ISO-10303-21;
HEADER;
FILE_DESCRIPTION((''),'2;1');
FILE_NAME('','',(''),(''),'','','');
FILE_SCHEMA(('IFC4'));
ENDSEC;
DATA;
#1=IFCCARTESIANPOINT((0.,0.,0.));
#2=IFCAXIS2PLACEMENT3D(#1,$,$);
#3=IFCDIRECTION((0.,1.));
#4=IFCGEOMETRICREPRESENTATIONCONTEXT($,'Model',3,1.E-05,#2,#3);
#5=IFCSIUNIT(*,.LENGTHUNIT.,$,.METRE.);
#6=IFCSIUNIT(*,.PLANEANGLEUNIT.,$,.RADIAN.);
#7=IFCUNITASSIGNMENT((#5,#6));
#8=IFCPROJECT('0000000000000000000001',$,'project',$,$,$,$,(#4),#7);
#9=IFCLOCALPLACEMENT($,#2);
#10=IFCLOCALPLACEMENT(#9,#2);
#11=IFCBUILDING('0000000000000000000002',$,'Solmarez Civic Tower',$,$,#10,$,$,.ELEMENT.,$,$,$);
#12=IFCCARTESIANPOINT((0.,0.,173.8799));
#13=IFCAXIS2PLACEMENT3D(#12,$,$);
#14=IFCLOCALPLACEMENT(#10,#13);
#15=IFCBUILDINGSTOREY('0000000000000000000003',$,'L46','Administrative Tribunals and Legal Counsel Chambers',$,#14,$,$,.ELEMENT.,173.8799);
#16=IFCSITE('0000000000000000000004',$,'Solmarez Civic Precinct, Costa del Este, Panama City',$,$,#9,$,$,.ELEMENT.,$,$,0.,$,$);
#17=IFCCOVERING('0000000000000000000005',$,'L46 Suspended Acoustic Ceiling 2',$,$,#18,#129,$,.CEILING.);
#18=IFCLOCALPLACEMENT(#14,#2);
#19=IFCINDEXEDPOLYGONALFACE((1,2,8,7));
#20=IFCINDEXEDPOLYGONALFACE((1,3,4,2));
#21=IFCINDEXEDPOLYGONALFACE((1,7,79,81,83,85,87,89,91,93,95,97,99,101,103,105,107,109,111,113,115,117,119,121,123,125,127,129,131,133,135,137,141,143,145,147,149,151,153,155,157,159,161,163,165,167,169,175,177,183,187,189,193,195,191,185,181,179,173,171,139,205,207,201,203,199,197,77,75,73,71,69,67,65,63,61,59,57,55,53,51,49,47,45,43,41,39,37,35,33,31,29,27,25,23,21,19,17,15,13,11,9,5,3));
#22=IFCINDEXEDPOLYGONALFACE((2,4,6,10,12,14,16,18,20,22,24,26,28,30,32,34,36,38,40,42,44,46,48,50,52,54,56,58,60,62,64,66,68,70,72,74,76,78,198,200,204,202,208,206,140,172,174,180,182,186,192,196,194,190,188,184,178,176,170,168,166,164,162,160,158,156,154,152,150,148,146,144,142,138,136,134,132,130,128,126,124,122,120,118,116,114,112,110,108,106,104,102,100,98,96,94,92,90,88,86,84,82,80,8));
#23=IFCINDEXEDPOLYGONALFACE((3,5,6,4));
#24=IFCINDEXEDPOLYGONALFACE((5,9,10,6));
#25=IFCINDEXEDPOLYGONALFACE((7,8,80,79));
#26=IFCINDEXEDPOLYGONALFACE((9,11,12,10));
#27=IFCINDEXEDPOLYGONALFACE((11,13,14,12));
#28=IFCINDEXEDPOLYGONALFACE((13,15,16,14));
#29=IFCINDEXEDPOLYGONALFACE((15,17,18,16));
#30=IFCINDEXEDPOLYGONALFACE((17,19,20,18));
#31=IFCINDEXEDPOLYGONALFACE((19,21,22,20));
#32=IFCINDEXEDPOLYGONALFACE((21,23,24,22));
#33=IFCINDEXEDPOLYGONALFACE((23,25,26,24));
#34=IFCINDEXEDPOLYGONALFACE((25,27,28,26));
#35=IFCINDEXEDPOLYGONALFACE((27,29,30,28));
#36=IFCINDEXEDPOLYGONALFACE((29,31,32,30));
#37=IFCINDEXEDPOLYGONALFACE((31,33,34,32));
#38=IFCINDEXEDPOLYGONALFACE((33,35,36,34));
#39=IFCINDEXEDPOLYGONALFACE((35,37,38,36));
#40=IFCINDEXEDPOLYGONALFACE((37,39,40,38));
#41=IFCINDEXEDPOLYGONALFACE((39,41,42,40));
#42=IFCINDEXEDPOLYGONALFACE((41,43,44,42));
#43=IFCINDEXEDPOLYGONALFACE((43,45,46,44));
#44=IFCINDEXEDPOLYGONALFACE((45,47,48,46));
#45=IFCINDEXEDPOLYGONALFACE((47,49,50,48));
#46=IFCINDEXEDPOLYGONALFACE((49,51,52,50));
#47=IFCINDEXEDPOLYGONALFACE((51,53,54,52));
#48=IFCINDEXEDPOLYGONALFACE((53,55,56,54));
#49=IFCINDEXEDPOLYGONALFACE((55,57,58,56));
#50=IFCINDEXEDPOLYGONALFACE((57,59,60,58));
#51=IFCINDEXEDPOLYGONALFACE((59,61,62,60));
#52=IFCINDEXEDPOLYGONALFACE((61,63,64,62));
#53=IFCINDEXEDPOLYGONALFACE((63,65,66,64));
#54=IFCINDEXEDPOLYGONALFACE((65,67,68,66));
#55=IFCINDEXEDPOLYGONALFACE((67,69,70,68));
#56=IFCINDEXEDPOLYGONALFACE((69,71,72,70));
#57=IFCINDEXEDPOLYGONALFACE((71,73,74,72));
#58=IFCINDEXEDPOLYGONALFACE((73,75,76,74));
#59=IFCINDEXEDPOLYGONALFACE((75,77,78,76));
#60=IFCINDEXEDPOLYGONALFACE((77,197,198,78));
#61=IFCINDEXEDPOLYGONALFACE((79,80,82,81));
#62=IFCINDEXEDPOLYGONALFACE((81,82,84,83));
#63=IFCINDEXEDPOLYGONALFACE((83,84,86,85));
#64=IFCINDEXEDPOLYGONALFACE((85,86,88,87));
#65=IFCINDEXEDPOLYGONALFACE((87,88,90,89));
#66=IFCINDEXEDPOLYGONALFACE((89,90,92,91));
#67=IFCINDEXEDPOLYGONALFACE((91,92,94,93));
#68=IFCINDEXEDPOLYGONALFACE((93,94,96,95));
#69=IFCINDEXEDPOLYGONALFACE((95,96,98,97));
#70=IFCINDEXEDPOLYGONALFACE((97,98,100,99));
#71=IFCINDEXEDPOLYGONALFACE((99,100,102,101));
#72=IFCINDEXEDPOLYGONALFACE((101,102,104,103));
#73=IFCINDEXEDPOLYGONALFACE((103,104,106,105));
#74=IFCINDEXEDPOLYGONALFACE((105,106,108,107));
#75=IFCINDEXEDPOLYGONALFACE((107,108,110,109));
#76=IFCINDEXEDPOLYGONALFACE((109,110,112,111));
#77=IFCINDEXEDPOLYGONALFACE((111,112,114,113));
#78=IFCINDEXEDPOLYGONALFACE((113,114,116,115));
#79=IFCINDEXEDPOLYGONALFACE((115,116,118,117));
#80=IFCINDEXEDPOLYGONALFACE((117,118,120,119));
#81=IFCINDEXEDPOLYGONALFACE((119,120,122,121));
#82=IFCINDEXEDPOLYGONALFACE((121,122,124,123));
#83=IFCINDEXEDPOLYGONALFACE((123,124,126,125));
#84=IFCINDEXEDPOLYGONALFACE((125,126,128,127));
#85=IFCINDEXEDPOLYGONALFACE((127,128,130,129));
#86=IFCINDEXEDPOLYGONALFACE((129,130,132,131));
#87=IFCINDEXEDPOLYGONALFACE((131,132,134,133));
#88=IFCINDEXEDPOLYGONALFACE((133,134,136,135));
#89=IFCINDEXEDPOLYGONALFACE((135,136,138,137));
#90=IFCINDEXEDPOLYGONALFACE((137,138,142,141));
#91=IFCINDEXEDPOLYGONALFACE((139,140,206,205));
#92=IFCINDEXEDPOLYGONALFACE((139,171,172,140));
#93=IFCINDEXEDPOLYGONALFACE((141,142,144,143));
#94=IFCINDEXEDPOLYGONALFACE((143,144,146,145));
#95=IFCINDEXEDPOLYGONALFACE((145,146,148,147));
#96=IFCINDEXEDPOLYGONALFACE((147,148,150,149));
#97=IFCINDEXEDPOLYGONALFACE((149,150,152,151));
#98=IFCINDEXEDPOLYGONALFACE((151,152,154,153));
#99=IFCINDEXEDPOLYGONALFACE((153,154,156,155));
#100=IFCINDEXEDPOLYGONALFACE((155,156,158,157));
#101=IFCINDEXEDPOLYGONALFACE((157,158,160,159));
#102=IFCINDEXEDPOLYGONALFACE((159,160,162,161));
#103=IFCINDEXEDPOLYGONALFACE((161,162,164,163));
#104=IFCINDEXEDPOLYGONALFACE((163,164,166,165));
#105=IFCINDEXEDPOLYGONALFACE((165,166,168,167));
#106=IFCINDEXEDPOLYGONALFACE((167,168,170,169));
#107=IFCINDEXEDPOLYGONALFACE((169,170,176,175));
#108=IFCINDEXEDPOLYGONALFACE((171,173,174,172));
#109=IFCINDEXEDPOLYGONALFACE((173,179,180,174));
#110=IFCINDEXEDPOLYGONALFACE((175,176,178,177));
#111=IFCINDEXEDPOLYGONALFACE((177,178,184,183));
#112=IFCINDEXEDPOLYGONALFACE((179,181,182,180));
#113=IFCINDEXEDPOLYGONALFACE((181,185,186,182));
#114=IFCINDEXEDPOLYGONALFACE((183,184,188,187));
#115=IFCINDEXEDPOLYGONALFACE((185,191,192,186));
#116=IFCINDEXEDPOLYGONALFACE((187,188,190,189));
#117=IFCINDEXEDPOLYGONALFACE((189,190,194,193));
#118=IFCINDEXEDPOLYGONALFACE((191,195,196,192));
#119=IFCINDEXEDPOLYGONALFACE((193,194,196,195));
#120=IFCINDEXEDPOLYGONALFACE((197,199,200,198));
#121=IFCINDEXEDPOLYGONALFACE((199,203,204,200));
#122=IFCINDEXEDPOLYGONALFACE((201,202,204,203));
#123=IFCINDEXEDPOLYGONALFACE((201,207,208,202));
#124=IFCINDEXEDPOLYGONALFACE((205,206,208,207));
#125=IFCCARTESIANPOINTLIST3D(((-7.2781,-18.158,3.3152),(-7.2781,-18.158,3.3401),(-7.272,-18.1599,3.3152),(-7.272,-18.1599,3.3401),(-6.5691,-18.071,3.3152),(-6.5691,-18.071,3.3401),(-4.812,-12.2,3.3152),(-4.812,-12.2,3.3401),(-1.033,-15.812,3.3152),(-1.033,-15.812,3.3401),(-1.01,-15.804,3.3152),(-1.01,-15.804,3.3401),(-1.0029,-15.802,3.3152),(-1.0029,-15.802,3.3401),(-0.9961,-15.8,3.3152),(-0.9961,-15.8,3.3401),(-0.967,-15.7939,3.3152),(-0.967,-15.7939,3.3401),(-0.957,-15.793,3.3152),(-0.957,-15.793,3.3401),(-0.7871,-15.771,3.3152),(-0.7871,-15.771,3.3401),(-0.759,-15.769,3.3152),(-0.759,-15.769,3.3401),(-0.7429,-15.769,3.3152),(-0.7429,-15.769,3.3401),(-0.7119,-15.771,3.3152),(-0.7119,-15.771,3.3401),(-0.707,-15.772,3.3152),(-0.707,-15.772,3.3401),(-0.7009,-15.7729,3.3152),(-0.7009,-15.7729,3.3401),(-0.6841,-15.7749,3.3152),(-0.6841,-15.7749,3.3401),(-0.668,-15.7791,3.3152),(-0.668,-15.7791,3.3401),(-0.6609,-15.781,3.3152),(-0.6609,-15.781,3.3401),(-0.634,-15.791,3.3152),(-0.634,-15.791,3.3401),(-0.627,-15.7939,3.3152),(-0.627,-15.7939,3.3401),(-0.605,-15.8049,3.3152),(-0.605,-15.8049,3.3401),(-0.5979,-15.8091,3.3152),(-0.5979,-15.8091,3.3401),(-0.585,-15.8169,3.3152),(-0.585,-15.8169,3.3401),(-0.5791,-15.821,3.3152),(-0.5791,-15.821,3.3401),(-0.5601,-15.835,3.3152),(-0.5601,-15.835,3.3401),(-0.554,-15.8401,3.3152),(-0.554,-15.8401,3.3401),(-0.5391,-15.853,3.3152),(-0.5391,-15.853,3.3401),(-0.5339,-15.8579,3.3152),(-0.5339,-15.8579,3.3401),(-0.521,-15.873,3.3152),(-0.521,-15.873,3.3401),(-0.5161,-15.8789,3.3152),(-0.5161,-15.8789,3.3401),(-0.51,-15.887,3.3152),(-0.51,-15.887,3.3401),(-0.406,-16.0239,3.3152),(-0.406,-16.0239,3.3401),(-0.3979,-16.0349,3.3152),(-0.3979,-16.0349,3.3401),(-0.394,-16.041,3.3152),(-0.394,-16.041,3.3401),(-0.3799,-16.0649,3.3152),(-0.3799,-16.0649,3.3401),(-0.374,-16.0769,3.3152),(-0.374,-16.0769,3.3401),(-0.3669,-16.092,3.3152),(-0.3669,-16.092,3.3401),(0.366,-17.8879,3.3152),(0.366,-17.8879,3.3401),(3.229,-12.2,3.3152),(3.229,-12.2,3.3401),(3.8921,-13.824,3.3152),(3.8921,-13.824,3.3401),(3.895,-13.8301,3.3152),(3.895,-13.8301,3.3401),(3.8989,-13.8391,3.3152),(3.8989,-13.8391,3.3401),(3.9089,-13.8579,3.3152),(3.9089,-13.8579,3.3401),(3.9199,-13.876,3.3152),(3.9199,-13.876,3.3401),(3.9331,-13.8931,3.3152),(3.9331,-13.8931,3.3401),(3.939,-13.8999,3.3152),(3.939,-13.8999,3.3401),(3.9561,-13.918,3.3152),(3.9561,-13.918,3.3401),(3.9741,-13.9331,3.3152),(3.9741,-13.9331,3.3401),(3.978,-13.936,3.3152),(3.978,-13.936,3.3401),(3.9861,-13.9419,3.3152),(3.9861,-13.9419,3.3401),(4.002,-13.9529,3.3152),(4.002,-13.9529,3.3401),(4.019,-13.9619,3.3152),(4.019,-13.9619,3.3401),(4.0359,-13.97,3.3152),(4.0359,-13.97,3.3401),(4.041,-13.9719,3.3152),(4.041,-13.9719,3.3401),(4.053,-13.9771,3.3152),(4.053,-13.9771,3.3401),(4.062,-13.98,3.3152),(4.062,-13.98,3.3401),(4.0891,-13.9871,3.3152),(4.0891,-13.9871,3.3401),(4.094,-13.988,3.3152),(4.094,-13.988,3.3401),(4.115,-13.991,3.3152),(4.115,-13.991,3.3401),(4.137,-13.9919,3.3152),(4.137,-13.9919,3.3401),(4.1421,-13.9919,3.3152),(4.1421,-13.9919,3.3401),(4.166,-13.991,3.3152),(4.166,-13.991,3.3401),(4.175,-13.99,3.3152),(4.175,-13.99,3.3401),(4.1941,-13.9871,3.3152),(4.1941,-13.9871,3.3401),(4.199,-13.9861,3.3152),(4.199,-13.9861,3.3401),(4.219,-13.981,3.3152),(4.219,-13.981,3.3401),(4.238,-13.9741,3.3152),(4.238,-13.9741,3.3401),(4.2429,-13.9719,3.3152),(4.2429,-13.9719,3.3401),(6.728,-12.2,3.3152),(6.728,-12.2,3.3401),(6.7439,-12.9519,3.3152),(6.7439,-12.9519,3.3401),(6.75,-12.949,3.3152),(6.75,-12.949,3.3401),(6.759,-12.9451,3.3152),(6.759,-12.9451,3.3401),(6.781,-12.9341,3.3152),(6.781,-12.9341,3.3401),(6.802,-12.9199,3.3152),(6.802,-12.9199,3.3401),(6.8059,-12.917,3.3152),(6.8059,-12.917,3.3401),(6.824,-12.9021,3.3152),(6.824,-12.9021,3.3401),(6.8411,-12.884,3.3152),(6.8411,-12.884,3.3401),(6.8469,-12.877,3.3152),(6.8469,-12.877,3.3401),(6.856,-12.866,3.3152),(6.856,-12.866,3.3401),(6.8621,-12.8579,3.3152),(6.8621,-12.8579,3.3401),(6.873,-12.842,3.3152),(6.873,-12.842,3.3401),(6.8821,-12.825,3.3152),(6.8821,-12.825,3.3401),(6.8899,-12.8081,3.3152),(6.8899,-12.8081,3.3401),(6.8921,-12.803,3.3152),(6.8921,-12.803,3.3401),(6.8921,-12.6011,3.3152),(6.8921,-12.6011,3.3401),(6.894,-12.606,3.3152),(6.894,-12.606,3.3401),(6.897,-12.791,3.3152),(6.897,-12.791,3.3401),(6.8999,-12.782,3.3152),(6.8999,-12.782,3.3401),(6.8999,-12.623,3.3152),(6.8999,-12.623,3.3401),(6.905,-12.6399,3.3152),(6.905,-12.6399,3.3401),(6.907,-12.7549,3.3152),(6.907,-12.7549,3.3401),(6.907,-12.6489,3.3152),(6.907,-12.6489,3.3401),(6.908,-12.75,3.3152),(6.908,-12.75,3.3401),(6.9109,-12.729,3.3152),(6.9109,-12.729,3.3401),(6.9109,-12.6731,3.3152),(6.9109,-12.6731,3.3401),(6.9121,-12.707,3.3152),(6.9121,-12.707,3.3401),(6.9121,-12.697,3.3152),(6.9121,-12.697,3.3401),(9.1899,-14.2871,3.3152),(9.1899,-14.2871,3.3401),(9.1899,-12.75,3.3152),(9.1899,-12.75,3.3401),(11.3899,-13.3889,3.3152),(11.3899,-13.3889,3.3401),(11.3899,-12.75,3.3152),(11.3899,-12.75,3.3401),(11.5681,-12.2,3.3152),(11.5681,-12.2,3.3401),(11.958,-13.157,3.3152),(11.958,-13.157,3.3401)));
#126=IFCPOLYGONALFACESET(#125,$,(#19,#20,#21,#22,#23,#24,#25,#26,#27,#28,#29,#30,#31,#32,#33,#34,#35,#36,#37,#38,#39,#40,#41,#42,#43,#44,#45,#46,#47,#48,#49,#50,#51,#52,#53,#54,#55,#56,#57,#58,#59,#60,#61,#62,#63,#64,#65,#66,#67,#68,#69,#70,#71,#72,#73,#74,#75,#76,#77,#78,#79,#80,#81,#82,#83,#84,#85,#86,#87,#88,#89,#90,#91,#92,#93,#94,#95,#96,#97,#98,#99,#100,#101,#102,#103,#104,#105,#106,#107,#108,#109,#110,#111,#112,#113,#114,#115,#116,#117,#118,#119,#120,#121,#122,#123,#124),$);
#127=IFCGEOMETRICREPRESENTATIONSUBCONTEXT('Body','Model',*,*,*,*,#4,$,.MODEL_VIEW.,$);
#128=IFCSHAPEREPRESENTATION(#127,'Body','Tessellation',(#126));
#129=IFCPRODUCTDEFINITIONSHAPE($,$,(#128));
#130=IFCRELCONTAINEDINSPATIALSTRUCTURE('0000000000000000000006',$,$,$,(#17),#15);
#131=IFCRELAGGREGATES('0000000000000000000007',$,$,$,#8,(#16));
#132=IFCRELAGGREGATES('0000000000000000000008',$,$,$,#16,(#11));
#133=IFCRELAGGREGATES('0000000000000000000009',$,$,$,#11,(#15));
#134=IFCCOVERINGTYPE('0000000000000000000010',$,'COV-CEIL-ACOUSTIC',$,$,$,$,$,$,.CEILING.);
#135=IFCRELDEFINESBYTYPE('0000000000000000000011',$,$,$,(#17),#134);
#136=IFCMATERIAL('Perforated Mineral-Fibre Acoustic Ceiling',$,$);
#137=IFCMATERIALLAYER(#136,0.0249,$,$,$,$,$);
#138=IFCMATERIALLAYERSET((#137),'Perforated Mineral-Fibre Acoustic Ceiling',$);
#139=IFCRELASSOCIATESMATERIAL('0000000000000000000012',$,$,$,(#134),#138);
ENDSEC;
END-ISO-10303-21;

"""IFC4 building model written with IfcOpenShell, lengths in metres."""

from ifc_helpers import new_model, si_unit, direction, frame, origin, place, context, subcontext, project, spatial, polyline, outline, extrude, material, layer, layer_set, type_object, element, save


model = new_model("IFC4")

# Units and contexts
model_context = context("Model", 3, precision=1e-05, world=origin(), true_north=direction((0.0, 1.0)))
body_context = subcontext(model_context, "Body", "Model", "MODEL_VIEW")
ifc_project = project(units=[si_unit("LENGTHUNIT", "METRE"), si_unit("PLANEANGLEUNIT", "RADIAN")], contexts=[model_context])

# Site, building, storey
site_placement = place(None, origin())
site = spatial("IfcSite", under=ifc_project, at=site_placement, Name="Solmarez Civic Precinct, Costa del Este, Panama City", CompositionType="ELEMENT", RefElevation=0.0)
building_placement = place(site_placement, origin())
building = spatial("IfcBuilding", under=site, at=building_placement, Name="Solmarez Civic Tower", CompositionType="ELEMENT")
storey_placement = place(building_placement, frame((0.0, 0.0, 173.8799)))
storey = spatial("IfcBuildingStorey", under=building, at=storey_placement, Name="L46", Description="Administrative Tribunals and Legal Counsel Chambers", CompositionType="ELEMENT", Elevation=173.8799)

# Covering
ifc_material_1 = material(Name="Perforated Mineral-Fibre Acoustic Ceiling")
ifc_layer_1 = layer(ifc_material_1, 0.0249)
ifc_layer_set_1 = layer_set([ifc_layer_1], Name="Perforated Mineral-Fibre Acoustic Ceiling")
covering_type_1 = type_object("IfcCoveringType", Name="COV-CEIL-ACOUSTIC", PredefinedType="CEILING", material=ifc_layer_set_1)
covering_1_placement = place(storey_placement, frame((0.0, 0.0, 3.3152)))
element("IfcCovering", 1, at=covering_1_placement, inside=storey, type_object=covering_type_1, Name="L46 Suspended Acoustic Ceiling 2", PredefinedType="CEILING", context=body_context, shape_type="SweptSolid", body=[
    extrude(outline(polyline([(11.5681, -12.2), (6.728, -12.2), (6.8921, -12.6011), (6.894, -12.606), (6.8999, -12.623), (6.905, -12.6399), (6.907, -12.6489), (6.9109, -12.6731), (6.9121, -12.697), (6.9121, -12.707), (6.9109, -12.729), (6.908, -12.75), (6.907, -12.7549), (6.8999, -12.782), (6.897, -12.791), (6.8921, -12.803), (6.8899, -12.8081), (6.8821, -12.825), (6.873, -12.842), (6.8621, -12.8579), (6.856, -12.866), (6.8469, -12.877), (6.8411, -12.884), (6.824, -12.9021), (6.8059, -12.917), (6.802, -12.9199), (6.781, -12.9341), (6.759, -12.9451), (6.75, -12.949), (6.7439, -12.9519), (4.2429, -13.9719), (4.238, -13.9741), (4.219, -13.981), (4.199, -13.9861), (4.1941, -13.9871), (4.175, -13.99), (4.166, -13.991), (4.1421, -13.9919), (4.137, -13.9919), (4.115, -13.991), (4.094, -13.988), (4.0891, -13.9871), (4.062, -13.98), (4.053, -13.9771), (4.041, -13.9719), (4.0359, -13.97), (4.019, -13.9619), (4.002, -13.9529), (3.9861, -13.9419), (3.978, -13.936), (3.9741, -13.9331), (3.9561, -13.918), (3.939, -13.8999), (3.9331, -13.8931), (3.9199, -13.876), (3.9089, -13.8579), (3.8989, -13.8391), (3.895, -13.8301), (3.8921, -13.824), (3.229, -12.2), (-4.812, -12.2), (-7.2781, -18.158), (-7.272, -18.1599), (-6.5691, -18.071), (-1.033, -15.812), (-1.01, -15.804), (-1.0029, -15.802), (-0.9961, -15.8), (-0.967, -15.7939), (-0.957, -15.793), (-0.7871, -15.771), (-0.759, -15.769), (-0.7429, -15.769), (-0.7119, -15.771), (-0.707, -15.772), (-0.7009, -15.7729), (-0.6841, -15.7749), (-0.668, -15.7791), (-0.6609, -15.781), (-0.634, -15.791), (-0.627, -15.7939), (-0.605, -15.8049), (-0.5979, -15.8091), (-0.585, -15.8169), (-0.5791, -15.821), (-0.5601, -15.835), (-0.554, -15.8401), (-0.5391, -15.853), (-0.5339, -15.8579), (-0.521, -15.873), (-0.5161, -15.8789), (-0.51, -15.887), (-0.406, -16.0239), (-0.3979, -16.0349), (-0.394, -16.041), (-0.3799, -16.0649), (-0.374, -16.0769), (-0.3669, -16.092), (0.366, -17.8879), (9.1899, -14.2871), (9.1899, -12.75), (11.3899, -12.75), (11.3899, -13.3889), (11.958, -13.157), (11.5681, -12.2)])), origin(), (0.0, 0.0, 1.0), 0.0249),
])

save(model, "model.ifc")
